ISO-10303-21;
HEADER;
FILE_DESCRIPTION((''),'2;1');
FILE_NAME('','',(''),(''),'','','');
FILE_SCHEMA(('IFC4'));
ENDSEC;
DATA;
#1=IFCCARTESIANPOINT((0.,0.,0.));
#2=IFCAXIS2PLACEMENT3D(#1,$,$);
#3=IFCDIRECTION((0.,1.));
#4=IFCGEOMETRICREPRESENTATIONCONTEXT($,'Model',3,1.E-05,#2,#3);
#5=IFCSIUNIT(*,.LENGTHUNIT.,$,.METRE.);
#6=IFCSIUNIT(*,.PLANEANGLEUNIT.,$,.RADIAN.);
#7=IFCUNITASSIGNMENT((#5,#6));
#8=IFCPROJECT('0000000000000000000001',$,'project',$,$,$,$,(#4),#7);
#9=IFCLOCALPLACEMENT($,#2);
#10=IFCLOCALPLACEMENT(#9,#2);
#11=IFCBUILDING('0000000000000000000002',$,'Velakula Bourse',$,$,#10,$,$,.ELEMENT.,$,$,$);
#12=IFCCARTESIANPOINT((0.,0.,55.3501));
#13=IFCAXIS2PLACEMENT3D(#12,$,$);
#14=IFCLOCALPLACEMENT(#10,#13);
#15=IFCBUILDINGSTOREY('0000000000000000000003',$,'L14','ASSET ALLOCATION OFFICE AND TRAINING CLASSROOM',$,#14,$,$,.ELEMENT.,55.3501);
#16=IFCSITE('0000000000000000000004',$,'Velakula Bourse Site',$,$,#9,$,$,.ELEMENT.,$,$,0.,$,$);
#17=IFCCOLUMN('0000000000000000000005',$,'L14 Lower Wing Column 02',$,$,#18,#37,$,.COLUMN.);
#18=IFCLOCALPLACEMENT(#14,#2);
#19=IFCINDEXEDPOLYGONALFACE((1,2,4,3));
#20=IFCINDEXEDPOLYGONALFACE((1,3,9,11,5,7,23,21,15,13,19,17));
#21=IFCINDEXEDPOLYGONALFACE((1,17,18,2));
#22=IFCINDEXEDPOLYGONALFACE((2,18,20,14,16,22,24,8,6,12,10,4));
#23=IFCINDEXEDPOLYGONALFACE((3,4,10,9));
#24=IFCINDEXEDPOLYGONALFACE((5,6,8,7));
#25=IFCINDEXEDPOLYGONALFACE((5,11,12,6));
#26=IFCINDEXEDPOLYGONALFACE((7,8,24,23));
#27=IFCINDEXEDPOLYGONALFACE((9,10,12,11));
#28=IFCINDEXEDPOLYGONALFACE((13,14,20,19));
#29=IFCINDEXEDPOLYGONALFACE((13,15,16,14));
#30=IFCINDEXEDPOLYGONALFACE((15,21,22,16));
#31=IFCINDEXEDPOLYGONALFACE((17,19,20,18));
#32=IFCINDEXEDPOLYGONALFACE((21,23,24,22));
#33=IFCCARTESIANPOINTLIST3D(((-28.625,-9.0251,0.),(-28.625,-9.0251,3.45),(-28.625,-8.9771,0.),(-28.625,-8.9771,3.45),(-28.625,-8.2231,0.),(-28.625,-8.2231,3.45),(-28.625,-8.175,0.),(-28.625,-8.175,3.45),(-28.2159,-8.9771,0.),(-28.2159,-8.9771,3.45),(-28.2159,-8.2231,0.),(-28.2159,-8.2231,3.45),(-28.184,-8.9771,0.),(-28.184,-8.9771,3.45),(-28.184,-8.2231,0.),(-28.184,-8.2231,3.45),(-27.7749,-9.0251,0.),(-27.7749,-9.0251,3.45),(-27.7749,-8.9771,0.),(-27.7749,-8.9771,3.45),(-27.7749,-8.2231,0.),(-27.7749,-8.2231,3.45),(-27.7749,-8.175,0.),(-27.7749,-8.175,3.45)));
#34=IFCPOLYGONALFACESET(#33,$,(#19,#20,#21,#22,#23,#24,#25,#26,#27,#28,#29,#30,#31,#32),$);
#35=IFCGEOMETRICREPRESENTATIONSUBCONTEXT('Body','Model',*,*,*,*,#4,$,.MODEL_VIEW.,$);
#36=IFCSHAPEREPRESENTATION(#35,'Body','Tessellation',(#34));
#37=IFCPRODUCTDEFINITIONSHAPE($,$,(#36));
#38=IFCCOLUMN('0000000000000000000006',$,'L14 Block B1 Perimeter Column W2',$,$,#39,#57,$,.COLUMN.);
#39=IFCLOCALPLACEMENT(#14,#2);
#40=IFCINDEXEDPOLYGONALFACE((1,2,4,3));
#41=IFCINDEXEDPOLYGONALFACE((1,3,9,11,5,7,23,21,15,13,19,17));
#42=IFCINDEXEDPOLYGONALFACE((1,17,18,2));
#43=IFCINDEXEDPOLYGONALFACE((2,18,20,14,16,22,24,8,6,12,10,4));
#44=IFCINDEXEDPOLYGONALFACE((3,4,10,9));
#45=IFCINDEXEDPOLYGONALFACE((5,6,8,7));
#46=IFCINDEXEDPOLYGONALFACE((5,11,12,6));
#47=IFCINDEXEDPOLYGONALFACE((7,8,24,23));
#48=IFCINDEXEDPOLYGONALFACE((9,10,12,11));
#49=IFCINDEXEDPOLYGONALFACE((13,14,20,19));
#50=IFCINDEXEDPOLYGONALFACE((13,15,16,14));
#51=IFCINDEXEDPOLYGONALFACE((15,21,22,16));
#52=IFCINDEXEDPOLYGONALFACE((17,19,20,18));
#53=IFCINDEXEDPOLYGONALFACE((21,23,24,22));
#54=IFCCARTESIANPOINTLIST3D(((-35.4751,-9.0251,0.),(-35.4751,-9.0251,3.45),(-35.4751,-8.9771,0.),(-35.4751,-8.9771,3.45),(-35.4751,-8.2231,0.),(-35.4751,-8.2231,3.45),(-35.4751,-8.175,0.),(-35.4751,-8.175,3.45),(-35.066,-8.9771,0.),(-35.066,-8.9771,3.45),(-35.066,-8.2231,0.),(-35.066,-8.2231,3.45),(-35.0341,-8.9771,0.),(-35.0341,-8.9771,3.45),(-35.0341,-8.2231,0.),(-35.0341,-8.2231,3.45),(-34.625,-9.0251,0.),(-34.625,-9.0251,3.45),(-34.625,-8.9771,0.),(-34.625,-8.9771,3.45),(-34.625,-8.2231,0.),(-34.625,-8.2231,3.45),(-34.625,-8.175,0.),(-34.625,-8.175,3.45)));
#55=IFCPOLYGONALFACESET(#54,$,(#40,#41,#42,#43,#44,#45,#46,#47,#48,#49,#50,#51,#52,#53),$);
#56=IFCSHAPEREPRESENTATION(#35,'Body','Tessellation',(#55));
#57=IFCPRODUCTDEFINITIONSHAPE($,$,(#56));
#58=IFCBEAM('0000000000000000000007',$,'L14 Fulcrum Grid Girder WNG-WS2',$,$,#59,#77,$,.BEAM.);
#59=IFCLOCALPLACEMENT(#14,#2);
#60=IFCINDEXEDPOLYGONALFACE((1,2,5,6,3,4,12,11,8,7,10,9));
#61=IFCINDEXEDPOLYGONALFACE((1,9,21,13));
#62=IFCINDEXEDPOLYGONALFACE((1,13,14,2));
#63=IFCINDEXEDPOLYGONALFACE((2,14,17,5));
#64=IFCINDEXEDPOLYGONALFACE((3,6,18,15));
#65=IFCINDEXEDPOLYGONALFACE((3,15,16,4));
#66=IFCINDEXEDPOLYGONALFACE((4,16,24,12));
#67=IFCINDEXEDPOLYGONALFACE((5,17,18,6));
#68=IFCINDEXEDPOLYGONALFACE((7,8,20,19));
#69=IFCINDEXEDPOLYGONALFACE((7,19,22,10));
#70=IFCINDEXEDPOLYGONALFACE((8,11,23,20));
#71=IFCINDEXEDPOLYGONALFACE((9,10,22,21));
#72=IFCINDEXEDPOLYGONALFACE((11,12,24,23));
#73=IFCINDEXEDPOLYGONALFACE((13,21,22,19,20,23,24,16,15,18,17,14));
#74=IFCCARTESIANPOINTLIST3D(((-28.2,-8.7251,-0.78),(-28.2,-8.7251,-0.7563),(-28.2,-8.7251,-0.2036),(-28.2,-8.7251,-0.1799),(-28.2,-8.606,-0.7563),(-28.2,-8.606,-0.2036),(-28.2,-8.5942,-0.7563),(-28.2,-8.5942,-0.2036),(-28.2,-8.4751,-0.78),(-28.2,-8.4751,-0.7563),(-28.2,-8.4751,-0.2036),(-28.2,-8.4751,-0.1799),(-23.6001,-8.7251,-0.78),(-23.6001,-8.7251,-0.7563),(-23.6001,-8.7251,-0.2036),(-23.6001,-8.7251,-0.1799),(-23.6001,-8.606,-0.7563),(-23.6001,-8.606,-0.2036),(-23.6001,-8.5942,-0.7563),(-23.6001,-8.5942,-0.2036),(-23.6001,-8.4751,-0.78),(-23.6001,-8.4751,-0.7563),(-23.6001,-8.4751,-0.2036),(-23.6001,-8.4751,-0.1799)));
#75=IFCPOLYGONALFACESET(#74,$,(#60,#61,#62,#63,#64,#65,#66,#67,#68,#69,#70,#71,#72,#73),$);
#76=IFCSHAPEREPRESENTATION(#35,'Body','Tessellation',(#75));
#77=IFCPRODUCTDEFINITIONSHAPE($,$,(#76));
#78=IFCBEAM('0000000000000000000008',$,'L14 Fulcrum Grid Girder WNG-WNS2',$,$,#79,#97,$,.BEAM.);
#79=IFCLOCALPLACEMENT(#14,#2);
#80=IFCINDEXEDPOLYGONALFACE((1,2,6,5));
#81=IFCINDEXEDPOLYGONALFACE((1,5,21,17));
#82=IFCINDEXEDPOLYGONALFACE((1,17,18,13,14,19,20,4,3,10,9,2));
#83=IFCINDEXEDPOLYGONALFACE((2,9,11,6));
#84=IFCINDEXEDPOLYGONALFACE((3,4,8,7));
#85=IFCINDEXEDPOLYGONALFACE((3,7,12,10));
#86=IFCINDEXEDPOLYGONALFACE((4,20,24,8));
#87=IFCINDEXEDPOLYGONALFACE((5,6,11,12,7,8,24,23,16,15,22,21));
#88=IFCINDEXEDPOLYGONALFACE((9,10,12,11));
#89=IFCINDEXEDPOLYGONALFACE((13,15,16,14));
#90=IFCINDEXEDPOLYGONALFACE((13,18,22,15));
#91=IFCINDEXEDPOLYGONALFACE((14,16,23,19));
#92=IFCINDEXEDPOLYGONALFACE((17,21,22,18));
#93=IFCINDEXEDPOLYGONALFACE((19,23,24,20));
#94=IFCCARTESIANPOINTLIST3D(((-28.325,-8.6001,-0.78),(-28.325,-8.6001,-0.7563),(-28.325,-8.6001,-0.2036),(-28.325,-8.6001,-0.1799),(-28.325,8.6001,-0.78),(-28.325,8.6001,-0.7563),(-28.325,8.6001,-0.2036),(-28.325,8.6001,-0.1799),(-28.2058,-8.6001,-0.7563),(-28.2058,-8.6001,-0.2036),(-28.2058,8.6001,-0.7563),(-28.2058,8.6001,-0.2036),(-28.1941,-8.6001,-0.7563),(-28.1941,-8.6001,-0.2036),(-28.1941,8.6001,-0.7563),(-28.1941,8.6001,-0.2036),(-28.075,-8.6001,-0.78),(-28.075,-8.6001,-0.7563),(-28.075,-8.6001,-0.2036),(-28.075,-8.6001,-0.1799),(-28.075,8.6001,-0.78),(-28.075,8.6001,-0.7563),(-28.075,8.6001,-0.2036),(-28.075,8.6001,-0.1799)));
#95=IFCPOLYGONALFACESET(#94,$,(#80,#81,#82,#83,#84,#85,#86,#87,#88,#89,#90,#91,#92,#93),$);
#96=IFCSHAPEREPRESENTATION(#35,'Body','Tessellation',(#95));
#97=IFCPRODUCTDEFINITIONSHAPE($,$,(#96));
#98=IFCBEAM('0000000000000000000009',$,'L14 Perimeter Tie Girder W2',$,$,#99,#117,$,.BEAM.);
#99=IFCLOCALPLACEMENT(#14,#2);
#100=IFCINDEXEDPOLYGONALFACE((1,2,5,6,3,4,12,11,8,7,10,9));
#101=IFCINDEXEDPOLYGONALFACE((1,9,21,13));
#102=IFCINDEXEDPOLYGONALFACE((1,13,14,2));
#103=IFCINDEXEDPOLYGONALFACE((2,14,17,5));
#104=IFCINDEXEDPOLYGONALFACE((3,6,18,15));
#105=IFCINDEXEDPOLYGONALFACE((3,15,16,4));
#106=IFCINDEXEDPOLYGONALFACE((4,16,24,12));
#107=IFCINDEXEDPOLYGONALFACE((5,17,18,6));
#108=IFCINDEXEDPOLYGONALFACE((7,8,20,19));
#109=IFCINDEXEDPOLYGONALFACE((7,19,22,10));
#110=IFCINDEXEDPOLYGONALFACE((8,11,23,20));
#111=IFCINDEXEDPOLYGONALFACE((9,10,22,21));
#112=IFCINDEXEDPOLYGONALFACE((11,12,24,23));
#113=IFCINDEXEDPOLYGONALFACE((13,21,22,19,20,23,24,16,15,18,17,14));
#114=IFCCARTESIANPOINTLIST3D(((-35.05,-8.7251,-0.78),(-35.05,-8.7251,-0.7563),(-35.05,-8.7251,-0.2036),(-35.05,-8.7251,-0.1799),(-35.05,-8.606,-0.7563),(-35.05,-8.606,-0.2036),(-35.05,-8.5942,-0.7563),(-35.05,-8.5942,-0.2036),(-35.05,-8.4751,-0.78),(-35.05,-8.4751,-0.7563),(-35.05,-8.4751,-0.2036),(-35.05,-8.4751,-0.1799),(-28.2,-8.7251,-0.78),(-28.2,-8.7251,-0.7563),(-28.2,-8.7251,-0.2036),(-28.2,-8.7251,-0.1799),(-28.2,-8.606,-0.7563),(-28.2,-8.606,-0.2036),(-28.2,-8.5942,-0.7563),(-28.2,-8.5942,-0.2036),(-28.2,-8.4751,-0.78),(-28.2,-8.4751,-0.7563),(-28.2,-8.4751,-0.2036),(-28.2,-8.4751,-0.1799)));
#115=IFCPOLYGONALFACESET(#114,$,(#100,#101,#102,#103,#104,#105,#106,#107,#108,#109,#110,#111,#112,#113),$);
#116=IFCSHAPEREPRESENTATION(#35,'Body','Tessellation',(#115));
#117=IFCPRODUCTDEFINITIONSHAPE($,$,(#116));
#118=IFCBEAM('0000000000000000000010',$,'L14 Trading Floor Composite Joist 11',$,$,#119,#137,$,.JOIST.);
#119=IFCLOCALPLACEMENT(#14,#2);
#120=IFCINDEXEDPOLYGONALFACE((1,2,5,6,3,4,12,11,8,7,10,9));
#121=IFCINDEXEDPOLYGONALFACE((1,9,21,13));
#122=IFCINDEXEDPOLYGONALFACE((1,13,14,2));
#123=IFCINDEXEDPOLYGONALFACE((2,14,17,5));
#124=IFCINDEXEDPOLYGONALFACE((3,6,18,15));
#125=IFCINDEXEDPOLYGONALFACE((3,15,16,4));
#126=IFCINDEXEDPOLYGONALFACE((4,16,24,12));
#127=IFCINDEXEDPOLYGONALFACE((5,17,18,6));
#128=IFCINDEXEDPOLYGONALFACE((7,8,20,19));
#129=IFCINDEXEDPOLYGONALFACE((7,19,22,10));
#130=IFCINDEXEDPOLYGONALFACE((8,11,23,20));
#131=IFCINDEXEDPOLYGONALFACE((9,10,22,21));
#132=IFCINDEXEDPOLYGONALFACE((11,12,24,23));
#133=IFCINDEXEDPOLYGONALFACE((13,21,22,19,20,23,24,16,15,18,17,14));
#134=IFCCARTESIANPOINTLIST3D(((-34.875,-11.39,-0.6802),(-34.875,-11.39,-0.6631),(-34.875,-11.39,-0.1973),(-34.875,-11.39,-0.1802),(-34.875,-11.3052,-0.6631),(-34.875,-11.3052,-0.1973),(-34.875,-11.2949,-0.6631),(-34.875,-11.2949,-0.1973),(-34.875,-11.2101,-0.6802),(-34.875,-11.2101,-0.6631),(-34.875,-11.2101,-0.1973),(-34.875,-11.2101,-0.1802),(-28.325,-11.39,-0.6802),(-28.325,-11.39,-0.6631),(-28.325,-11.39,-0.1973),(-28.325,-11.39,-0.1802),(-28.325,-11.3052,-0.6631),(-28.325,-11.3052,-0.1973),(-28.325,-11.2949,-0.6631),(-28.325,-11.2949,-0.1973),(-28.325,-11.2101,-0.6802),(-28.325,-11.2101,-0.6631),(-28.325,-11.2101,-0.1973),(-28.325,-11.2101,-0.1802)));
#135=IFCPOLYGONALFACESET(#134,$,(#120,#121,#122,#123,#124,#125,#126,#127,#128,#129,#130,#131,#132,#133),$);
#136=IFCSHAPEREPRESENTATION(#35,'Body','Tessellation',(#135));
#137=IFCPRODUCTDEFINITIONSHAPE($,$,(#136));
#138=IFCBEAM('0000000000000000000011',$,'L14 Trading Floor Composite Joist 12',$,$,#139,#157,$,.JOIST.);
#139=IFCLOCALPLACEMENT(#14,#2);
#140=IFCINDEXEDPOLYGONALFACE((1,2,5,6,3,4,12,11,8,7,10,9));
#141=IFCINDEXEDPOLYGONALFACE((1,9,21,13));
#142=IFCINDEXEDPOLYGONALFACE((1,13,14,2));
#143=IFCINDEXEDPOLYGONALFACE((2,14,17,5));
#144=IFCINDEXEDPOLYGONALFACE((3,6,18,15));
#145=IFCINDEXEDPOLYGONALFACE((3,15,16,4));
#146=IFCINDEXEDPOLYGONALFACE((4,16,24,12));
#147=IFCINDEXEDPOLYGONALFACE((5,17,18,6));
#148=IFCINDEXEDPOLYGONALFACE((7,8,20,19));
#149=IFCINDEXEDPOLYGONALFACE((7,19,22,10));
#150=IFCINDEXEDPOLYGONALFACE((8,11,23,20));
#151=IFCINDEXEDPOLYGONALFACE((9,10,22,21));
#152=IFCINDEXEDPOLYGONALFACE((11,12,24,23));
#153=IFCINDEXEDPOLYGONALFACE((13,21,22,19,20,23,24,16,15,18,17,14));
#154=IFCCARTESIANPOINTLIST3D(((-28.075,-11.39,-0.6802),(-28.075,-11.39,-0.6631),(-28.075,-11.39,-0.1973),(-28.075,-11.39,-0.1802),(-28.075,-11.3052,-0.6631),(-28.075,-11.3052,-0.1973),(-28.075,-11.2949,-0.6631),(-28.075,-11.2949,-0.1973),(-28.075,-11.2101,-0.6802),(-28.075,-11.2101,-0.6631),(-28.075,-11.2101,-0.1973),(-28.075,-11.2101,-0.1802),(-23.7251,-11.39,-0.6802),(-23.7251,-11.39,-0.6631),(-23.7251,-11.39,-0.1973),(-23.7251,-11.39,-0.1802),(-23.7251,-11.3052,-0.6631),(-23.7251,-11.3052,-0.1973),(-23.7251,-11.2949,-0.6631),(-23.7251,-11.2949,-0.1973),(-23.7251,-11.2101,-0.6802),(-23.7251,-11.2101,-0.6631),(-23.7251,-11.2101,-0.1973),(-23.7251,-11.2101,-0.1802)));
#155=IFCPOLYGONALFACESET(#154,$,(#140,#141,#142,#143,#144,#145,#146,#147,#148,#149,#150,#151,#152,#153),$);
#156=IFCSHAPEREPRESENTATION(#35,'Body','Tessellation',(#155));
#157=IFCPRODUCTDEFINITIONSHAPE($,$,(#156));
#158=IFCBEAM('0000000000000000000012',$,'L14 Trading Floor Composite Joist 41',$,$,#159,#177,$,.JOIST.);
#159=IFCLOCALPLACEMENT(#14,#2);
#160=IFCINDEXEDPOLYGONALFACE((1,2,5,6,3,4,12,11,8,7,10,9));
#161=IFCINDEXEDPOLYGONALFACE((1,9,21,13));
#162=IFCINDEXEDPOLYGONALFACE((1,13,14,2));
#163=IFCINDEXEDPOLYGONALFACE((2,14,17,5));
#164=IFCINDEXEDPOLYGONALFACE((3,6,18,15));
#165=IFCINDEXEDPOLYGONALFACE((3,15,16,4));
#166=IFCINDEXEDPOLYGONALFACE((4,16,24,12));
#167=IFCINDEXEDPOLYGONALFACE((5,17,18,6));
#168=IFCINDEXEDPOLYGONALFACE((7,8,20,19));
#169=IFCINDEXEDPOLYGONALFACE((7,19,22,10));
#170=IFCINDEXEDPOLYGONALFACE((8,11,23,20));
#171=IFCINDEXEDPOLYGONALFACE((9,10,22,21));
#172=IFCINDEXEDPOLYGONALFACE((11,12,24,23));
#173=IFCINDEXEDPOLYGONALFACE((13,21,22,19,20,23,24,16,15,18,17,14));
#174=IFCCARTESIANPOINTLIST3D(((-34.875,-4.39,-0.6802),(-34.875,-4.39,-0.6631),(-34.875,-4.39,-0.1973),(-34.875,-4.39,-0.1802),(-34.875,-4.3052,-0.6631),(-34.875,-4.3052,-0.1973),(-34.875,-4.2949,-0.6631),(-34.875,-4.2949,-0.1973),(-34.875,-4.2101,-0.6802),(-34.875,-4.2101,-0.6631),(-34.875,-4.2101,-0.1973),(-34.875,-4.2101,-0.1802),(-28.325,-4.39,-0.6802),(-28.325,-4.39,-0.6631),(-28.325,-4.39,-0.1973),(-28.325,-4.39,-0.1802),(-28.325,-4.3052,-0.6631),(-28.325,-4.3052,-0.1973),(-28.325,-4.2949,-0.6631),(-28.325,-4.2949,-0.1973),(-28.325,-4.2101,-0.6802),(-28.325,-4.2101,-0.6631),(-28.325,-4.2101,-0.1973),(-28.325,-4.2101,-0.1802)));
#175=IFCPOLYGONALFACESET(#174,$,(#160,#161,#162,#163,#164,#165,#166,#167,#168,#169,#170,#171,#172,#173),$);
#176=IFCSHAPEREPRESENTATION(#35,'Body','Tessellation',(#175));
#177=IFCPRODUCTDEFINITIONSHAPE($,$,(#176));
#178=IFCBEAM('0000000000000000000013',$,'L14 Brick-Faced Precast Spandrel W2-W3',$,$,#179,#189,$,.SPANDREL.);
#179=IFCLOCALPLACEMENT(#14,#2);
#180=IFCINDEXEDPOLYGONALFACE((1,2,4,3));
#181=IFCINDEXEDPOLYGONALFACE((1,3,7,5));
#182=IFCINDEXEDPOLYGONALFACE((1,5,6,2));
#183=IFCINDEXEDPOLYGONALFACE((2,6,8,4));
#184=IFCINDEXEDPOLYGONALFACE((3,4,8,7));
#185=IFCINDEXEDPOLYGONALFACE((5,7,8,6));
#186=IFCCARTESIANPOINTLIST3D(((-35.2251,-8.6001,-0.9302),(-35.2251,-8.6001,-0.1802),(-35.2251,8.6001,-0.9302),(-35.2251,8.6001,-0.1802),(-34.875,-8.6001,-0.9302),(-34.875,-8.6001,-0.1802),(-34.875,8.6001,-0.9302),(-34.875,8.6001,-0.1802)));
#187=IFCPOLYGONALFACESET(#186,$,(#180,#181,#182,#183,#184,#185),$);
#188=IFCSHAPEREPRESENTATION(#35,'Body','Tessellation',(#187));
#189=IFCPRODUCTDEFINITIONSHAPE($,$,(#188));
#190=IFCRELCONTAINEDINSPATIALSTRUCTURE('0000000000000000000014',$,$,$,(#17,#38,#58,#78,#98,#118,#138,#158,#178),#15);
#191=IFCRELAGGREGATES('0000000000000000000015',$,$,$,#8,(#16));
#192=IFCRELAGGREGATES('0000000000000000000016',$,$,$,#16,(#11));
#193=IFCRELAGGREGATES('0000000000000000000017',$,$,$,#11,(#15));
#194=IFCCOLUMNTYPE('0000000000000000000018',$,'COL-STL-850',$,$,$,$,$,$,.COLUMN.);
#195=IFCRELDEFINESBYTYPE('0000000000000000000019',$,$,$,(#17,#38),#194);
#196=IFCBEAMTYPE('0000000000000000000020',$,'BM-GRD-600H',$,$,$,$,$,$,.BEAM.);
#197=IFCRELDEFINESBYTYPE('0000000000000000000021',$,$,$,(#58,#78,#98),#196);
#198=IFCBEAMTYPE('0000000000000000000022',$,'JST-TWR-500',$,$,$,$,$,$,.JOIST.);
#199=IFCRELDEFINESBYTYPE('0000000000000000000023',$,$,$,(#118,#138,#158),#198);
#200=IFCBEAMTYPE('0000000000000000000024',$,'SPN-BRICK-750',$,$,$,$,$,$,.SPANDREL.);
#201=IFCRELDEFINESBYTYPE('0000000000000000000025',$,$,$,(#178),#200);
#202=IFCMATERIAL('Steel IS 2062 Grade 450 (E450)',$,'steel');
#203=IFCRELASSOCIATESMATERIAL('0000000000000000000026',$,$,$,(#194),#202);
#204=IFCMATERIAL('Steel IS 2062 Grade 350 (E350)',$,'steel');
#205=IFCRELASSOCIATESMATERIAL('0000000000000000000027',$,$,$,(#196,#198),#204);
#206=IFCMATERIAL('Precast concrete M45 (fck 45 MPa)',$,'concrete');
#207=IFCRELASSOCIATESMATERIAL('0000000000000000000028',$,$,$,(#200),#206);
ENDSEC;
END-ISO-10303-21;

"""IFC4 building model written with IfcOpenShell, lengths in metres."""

from ifc_helpers import new_model, si_unit, direction, frame, origin, origin_2d, place, context, subcontext, project, spatial, rectangle, i_section, extrude, material, material_profile, profile_set, type_object, element, save


model = new_model("IFC4")

# Units and contexts
model_context = context("Model", 3, precision=1e-05, world=origin(), true_north=direction((0.0, 1.0)))
body_context = subcontext(model_context, "Body", "Model", "MODEL_VIEW")
ifc_project = project(units=[si_unit("LENGTHUNIT", "METRE"), si_unit("PLANEANGLEUNIT", "RADIAN")], contexts=[model_context])

# Site, building, storey
site_placement = place(None, origin())
site = spatial("IfcSite", under=ifc_project, at=site_placement, Name="Velakula Bourse Site", CompositionType="ELEMENT", RefElevation=0.0)
building_placement = place(site_placement, origin())
building = spatial("IfcBuilding", under=site, at=building_placement, Name="Velakula Bourse", CompositionType="ELEMENT")
storey_placement = place(building_placement, frame((0.0, 0.0, 55.3501)))
storey = spatial("IfcBuildingStorey", under=building, at=storey_placement, Name="L14", Description="ASSET ALLOCATION OFFICE AND TRAINING CLASSROOM", CompositionType="ELEMENT", Elevation=55.3501)

# Columns
ifc_material_1 = material(Name="Steel IS 2062 Grade 450 (E450)", Category="steel")
ifc_material_profile_1 = material_profile(ifc_material_1, i_section(OverallWidth=0.8501, OverallDepth=0.8501, WebThickness=0.032, FlangeThickness=0.0481, at=origin_2d()), Name="Steel IS 2062 Grade 450 (E450)")
ifc_profile_set_1 = profile_set([ifc_material_profile_1], Name="Steel IS 2062 Grade 450 (E450)")
column_type = type_object("IfcColumnType", Name="COL-STL-850", PredefinedType="COLUMN", material=ifc_profile_set_1)
for number, where, z_axis, x_axis, name in (
    (1, (-28.2, -8.6001, 0.0), (0.0, 0.0, 1.0), (1.0, 0.0, 0.0), "L14 Lower Wing Column 02"),
    (2, (-35.05, -8.6001, 0.0), (0.0, 0.0, 1.0), (1.0, 0.0, 0.0), "L14 Block B1 Perimeter Column W2"),
):
    element("IfcColumn", number, at=place(storey_placement, frame(where, z_axis=z_axis, x_axis=x_axis)), inside=storey, type_object=column_type, Name=name, PredefinedType="COLUMN", context=body_context, shape_type="SweptSolid", body=[
        extrude(i_section(OverallWidth=0.8501, OverallDepth=0.8501, WebThickness=0.032, FlangeThickness=0.0481, at=origin_2d()), origin(), (0.0, 0.0, 1.0), 3.45),
    ])

# Beams
ifc_material_2 = material(Name="Steel IS 2062 Grade 350 (E350)", Category="steel")
ifc_material_profile_2 = material_profile(ifc_material_2, i_section(OverallWidth=0.25, OverallDepth=0.6001, WebThickness=0.0117, FlangeThickness=0.0237, at=origin_2d()), Name="Steel IS 2062 Grade 350 (E350)")
ifc_profile_set_2 = profile_set([ifc_material_profile_2], Name="Steel IS 2062 Grade 350 (E350)")
beam_type_1 = type_object("IfcBeamType", Name="BM-GRD-600H", PredefinedType="BEAM", material=ifc_profile_set_2)
beam_1_placement = place(storey_placement, frame((-28.2, -8.6001, -0.48), z_axis=(1.0, 0.0, 0.0), x_axis=(0.0, 1.0, 0.0)))
element("IfcBeam", 3, at=beam_1_placement, inside=storey, type_object=beam_type_1, Name="L14 Fulcrum Grid Girder WNG-WS2", PredefinedType="BEAM", context=body_context, shape_type="SweptSolid", body=[
    extrude(i_section(OverallWidth=0.25, OverallDepth=0.6001, WebThickness=0.0117, FlangeThickness=0.0237, at=origin_2d()), origin(), (0.0, 0.0, 1.0), 4.5999),
])
beam_2_placement = place(storey_placement, frame((-28.2, -8.6001, -0.48), z_axis=(0.0, 1.0, 0.0), x_axis=(-1.0, 0.0, 0.0)))
element("IfcBeam", 4, at=beam_2_placement, inside=storey, type_object=beam_type_1, Name="L14 Fulcrum Grid Girder WNG-WNS2", PredefinedType="BEAM", context=body_context, shape_type="SweptSolid", body=[
    extrude(i_section(OverallWidth=0.25, OverallDepth=0.6001, WebThickness=0.0117, FlangeThickness=0.0237, at=origin_2d()), origin(), (0.0, 0.0, 1.0), 17.2002),
])
beam_3_placement = place(storey_placement, frame((-28.2, -8.6001, -0.48), z_axis=(-1.0, 0.0, 0.0), x_axis=(0.0, -1.0, 0.0)))
element("IfcBeam", 5, at=beam_3_placement, inside=storey, type_object=beam_type_1, Name="L14 Perimeter Tie Girder W2", PredefinedType="BEAM", context=body_context, shape_type="SweptSolid", body=[
    extrude(i_section(OverallWidth=0.25, OverallDepth=0.6001, WebThickness=0.0117, FlangeThickness=0.0237, at=origin_2d()), origin(), (0.0, 0.0, 1.0), 6.8501),
])
ifc_material_profile_3 = material_profile(ifc_material_2, i_section(OverallWidth=0.1799, OverallDepth=0.5, WebThickness=0.0103, FlangeThickness=0.0171, at=origin_2d()), Name="Steel IS 2062 Grade 350 (E350)")
ifc_profile_set_3 = profile_set([ifc_material_profile_3], Name="Steel IS 2062 Grade 350 (E350)")
beam_type_2 = type_object("IfcBeamType", Name="JST-TWR-500", PredefinedType="JOIST", material=ifc_profile_set_3)
beam_4_placement = place(storey_placement, frame((-34.875, -11.3, -0.4302), z_axis=(1.0, 0.0, 0.0), x_axis=(0.0, 1.0, 0.0)))
element("IfcBeam", 6, at=beam_4_placement, inside=storey, type_object=beam_type_2, Name="L14 Trading Floor Composite Joist 11", PredefinedType="JOIST", context=body_context, shape_type="SweptSolid", body=[
    extrude(i_section(OverallWidth=0.1799, OverallDepth=0.5, WebThickness=0.0103, FlangeThickness=0.0171, at=origin_2d()), origin(), (0.0, 0.0, 1.0), 6.55),
])
beam_5_placement = place(storey_placement, frame((-28.075, -11.3, -0.4302), z_axis=(1.0, 0.0, 0.0), x_axis=(0.0, 1.0, 0.0)))
element("IfcBeam", 7, at=beam_5_placement, inside=storey, type_object=beam_type_2, Name="L14 Trading Floor Composite Joist 12", PredefinedType="JOIST", context=body_context, shape_type="SweptSolid", body=[
    extrude(i_section(OverallWidth=0.1799, OverallDepth=0.5, WebThickness=0.0103, FlangeThickness=0.0171, at=origin_2d()), origin(), (0.0, 0.0, 1.0), 4.3499),
])
beam_6_placement = place(storey_placement, frame((-34.875, -4.3, -0.4302), z_axis=(1.0, 0.0, 0.0), x_axis=(0.0, 1.0, 0.0)))
element("IfcBeam", 8, at=beam_6_placement, inside=storey, type_object=beam_type_2, Name="L14 Trading Floor Composite Joist 41", PredefinedType="JOIST", context=body_context, shape_type="SweptSolid", body=[
    extrude(i_section(OverallWidth=0.1799, OverallDepth=0.5, WebThickness=0.0103, FlangeThickness=0.0171, at=origin_2d()), origin(), (0.0, 0.0, 1.0), 6.55),
])
ifc_material_3 = material(Name="Precast concrete M45 (fck 45 MPa)", Category="concrete")
ifc_material_profile_4 = material_profile(ifc_material_3, rectangle(XDim=0.3501, YDim=0.75, at=origin_2d()), Name="Precast concrete M45 (fck 45 MPa)")
ifc_profile_set_4 = profile_set([ifc_material_profile_4], Name="Precast concrete M45 (fck 45 MPa)")
beam_type_3 = type_object("IfcBeamType", Name="SPN-BRICK-750", PredefinedType="SPANDREL", material=ifc_profile_set_4)
beam_7_placement = place(storey_placement, frame((-35.05, -8.6001, -0.5552), z_axis=(0.0, 1.0, 0.0), x_axis=(-1.0, 0.0, 0.0)))
element("IfcBeam", 9, at=beam_7_placement, inside=storey, type_object=beam_type_3, Name="L14 Brick-Faced Precast Spandrel W2-W3", PredefinedType="SPANDREL", context=body_context, shape_type="SweptSolid", body=[
    extrude(rectangle(XDim=0.3501, YDim=0.75, at=origin_2d()), origin(), (0.0, 0.0, 1.0), 17.2002),
])

save(model, "model.ifc")
